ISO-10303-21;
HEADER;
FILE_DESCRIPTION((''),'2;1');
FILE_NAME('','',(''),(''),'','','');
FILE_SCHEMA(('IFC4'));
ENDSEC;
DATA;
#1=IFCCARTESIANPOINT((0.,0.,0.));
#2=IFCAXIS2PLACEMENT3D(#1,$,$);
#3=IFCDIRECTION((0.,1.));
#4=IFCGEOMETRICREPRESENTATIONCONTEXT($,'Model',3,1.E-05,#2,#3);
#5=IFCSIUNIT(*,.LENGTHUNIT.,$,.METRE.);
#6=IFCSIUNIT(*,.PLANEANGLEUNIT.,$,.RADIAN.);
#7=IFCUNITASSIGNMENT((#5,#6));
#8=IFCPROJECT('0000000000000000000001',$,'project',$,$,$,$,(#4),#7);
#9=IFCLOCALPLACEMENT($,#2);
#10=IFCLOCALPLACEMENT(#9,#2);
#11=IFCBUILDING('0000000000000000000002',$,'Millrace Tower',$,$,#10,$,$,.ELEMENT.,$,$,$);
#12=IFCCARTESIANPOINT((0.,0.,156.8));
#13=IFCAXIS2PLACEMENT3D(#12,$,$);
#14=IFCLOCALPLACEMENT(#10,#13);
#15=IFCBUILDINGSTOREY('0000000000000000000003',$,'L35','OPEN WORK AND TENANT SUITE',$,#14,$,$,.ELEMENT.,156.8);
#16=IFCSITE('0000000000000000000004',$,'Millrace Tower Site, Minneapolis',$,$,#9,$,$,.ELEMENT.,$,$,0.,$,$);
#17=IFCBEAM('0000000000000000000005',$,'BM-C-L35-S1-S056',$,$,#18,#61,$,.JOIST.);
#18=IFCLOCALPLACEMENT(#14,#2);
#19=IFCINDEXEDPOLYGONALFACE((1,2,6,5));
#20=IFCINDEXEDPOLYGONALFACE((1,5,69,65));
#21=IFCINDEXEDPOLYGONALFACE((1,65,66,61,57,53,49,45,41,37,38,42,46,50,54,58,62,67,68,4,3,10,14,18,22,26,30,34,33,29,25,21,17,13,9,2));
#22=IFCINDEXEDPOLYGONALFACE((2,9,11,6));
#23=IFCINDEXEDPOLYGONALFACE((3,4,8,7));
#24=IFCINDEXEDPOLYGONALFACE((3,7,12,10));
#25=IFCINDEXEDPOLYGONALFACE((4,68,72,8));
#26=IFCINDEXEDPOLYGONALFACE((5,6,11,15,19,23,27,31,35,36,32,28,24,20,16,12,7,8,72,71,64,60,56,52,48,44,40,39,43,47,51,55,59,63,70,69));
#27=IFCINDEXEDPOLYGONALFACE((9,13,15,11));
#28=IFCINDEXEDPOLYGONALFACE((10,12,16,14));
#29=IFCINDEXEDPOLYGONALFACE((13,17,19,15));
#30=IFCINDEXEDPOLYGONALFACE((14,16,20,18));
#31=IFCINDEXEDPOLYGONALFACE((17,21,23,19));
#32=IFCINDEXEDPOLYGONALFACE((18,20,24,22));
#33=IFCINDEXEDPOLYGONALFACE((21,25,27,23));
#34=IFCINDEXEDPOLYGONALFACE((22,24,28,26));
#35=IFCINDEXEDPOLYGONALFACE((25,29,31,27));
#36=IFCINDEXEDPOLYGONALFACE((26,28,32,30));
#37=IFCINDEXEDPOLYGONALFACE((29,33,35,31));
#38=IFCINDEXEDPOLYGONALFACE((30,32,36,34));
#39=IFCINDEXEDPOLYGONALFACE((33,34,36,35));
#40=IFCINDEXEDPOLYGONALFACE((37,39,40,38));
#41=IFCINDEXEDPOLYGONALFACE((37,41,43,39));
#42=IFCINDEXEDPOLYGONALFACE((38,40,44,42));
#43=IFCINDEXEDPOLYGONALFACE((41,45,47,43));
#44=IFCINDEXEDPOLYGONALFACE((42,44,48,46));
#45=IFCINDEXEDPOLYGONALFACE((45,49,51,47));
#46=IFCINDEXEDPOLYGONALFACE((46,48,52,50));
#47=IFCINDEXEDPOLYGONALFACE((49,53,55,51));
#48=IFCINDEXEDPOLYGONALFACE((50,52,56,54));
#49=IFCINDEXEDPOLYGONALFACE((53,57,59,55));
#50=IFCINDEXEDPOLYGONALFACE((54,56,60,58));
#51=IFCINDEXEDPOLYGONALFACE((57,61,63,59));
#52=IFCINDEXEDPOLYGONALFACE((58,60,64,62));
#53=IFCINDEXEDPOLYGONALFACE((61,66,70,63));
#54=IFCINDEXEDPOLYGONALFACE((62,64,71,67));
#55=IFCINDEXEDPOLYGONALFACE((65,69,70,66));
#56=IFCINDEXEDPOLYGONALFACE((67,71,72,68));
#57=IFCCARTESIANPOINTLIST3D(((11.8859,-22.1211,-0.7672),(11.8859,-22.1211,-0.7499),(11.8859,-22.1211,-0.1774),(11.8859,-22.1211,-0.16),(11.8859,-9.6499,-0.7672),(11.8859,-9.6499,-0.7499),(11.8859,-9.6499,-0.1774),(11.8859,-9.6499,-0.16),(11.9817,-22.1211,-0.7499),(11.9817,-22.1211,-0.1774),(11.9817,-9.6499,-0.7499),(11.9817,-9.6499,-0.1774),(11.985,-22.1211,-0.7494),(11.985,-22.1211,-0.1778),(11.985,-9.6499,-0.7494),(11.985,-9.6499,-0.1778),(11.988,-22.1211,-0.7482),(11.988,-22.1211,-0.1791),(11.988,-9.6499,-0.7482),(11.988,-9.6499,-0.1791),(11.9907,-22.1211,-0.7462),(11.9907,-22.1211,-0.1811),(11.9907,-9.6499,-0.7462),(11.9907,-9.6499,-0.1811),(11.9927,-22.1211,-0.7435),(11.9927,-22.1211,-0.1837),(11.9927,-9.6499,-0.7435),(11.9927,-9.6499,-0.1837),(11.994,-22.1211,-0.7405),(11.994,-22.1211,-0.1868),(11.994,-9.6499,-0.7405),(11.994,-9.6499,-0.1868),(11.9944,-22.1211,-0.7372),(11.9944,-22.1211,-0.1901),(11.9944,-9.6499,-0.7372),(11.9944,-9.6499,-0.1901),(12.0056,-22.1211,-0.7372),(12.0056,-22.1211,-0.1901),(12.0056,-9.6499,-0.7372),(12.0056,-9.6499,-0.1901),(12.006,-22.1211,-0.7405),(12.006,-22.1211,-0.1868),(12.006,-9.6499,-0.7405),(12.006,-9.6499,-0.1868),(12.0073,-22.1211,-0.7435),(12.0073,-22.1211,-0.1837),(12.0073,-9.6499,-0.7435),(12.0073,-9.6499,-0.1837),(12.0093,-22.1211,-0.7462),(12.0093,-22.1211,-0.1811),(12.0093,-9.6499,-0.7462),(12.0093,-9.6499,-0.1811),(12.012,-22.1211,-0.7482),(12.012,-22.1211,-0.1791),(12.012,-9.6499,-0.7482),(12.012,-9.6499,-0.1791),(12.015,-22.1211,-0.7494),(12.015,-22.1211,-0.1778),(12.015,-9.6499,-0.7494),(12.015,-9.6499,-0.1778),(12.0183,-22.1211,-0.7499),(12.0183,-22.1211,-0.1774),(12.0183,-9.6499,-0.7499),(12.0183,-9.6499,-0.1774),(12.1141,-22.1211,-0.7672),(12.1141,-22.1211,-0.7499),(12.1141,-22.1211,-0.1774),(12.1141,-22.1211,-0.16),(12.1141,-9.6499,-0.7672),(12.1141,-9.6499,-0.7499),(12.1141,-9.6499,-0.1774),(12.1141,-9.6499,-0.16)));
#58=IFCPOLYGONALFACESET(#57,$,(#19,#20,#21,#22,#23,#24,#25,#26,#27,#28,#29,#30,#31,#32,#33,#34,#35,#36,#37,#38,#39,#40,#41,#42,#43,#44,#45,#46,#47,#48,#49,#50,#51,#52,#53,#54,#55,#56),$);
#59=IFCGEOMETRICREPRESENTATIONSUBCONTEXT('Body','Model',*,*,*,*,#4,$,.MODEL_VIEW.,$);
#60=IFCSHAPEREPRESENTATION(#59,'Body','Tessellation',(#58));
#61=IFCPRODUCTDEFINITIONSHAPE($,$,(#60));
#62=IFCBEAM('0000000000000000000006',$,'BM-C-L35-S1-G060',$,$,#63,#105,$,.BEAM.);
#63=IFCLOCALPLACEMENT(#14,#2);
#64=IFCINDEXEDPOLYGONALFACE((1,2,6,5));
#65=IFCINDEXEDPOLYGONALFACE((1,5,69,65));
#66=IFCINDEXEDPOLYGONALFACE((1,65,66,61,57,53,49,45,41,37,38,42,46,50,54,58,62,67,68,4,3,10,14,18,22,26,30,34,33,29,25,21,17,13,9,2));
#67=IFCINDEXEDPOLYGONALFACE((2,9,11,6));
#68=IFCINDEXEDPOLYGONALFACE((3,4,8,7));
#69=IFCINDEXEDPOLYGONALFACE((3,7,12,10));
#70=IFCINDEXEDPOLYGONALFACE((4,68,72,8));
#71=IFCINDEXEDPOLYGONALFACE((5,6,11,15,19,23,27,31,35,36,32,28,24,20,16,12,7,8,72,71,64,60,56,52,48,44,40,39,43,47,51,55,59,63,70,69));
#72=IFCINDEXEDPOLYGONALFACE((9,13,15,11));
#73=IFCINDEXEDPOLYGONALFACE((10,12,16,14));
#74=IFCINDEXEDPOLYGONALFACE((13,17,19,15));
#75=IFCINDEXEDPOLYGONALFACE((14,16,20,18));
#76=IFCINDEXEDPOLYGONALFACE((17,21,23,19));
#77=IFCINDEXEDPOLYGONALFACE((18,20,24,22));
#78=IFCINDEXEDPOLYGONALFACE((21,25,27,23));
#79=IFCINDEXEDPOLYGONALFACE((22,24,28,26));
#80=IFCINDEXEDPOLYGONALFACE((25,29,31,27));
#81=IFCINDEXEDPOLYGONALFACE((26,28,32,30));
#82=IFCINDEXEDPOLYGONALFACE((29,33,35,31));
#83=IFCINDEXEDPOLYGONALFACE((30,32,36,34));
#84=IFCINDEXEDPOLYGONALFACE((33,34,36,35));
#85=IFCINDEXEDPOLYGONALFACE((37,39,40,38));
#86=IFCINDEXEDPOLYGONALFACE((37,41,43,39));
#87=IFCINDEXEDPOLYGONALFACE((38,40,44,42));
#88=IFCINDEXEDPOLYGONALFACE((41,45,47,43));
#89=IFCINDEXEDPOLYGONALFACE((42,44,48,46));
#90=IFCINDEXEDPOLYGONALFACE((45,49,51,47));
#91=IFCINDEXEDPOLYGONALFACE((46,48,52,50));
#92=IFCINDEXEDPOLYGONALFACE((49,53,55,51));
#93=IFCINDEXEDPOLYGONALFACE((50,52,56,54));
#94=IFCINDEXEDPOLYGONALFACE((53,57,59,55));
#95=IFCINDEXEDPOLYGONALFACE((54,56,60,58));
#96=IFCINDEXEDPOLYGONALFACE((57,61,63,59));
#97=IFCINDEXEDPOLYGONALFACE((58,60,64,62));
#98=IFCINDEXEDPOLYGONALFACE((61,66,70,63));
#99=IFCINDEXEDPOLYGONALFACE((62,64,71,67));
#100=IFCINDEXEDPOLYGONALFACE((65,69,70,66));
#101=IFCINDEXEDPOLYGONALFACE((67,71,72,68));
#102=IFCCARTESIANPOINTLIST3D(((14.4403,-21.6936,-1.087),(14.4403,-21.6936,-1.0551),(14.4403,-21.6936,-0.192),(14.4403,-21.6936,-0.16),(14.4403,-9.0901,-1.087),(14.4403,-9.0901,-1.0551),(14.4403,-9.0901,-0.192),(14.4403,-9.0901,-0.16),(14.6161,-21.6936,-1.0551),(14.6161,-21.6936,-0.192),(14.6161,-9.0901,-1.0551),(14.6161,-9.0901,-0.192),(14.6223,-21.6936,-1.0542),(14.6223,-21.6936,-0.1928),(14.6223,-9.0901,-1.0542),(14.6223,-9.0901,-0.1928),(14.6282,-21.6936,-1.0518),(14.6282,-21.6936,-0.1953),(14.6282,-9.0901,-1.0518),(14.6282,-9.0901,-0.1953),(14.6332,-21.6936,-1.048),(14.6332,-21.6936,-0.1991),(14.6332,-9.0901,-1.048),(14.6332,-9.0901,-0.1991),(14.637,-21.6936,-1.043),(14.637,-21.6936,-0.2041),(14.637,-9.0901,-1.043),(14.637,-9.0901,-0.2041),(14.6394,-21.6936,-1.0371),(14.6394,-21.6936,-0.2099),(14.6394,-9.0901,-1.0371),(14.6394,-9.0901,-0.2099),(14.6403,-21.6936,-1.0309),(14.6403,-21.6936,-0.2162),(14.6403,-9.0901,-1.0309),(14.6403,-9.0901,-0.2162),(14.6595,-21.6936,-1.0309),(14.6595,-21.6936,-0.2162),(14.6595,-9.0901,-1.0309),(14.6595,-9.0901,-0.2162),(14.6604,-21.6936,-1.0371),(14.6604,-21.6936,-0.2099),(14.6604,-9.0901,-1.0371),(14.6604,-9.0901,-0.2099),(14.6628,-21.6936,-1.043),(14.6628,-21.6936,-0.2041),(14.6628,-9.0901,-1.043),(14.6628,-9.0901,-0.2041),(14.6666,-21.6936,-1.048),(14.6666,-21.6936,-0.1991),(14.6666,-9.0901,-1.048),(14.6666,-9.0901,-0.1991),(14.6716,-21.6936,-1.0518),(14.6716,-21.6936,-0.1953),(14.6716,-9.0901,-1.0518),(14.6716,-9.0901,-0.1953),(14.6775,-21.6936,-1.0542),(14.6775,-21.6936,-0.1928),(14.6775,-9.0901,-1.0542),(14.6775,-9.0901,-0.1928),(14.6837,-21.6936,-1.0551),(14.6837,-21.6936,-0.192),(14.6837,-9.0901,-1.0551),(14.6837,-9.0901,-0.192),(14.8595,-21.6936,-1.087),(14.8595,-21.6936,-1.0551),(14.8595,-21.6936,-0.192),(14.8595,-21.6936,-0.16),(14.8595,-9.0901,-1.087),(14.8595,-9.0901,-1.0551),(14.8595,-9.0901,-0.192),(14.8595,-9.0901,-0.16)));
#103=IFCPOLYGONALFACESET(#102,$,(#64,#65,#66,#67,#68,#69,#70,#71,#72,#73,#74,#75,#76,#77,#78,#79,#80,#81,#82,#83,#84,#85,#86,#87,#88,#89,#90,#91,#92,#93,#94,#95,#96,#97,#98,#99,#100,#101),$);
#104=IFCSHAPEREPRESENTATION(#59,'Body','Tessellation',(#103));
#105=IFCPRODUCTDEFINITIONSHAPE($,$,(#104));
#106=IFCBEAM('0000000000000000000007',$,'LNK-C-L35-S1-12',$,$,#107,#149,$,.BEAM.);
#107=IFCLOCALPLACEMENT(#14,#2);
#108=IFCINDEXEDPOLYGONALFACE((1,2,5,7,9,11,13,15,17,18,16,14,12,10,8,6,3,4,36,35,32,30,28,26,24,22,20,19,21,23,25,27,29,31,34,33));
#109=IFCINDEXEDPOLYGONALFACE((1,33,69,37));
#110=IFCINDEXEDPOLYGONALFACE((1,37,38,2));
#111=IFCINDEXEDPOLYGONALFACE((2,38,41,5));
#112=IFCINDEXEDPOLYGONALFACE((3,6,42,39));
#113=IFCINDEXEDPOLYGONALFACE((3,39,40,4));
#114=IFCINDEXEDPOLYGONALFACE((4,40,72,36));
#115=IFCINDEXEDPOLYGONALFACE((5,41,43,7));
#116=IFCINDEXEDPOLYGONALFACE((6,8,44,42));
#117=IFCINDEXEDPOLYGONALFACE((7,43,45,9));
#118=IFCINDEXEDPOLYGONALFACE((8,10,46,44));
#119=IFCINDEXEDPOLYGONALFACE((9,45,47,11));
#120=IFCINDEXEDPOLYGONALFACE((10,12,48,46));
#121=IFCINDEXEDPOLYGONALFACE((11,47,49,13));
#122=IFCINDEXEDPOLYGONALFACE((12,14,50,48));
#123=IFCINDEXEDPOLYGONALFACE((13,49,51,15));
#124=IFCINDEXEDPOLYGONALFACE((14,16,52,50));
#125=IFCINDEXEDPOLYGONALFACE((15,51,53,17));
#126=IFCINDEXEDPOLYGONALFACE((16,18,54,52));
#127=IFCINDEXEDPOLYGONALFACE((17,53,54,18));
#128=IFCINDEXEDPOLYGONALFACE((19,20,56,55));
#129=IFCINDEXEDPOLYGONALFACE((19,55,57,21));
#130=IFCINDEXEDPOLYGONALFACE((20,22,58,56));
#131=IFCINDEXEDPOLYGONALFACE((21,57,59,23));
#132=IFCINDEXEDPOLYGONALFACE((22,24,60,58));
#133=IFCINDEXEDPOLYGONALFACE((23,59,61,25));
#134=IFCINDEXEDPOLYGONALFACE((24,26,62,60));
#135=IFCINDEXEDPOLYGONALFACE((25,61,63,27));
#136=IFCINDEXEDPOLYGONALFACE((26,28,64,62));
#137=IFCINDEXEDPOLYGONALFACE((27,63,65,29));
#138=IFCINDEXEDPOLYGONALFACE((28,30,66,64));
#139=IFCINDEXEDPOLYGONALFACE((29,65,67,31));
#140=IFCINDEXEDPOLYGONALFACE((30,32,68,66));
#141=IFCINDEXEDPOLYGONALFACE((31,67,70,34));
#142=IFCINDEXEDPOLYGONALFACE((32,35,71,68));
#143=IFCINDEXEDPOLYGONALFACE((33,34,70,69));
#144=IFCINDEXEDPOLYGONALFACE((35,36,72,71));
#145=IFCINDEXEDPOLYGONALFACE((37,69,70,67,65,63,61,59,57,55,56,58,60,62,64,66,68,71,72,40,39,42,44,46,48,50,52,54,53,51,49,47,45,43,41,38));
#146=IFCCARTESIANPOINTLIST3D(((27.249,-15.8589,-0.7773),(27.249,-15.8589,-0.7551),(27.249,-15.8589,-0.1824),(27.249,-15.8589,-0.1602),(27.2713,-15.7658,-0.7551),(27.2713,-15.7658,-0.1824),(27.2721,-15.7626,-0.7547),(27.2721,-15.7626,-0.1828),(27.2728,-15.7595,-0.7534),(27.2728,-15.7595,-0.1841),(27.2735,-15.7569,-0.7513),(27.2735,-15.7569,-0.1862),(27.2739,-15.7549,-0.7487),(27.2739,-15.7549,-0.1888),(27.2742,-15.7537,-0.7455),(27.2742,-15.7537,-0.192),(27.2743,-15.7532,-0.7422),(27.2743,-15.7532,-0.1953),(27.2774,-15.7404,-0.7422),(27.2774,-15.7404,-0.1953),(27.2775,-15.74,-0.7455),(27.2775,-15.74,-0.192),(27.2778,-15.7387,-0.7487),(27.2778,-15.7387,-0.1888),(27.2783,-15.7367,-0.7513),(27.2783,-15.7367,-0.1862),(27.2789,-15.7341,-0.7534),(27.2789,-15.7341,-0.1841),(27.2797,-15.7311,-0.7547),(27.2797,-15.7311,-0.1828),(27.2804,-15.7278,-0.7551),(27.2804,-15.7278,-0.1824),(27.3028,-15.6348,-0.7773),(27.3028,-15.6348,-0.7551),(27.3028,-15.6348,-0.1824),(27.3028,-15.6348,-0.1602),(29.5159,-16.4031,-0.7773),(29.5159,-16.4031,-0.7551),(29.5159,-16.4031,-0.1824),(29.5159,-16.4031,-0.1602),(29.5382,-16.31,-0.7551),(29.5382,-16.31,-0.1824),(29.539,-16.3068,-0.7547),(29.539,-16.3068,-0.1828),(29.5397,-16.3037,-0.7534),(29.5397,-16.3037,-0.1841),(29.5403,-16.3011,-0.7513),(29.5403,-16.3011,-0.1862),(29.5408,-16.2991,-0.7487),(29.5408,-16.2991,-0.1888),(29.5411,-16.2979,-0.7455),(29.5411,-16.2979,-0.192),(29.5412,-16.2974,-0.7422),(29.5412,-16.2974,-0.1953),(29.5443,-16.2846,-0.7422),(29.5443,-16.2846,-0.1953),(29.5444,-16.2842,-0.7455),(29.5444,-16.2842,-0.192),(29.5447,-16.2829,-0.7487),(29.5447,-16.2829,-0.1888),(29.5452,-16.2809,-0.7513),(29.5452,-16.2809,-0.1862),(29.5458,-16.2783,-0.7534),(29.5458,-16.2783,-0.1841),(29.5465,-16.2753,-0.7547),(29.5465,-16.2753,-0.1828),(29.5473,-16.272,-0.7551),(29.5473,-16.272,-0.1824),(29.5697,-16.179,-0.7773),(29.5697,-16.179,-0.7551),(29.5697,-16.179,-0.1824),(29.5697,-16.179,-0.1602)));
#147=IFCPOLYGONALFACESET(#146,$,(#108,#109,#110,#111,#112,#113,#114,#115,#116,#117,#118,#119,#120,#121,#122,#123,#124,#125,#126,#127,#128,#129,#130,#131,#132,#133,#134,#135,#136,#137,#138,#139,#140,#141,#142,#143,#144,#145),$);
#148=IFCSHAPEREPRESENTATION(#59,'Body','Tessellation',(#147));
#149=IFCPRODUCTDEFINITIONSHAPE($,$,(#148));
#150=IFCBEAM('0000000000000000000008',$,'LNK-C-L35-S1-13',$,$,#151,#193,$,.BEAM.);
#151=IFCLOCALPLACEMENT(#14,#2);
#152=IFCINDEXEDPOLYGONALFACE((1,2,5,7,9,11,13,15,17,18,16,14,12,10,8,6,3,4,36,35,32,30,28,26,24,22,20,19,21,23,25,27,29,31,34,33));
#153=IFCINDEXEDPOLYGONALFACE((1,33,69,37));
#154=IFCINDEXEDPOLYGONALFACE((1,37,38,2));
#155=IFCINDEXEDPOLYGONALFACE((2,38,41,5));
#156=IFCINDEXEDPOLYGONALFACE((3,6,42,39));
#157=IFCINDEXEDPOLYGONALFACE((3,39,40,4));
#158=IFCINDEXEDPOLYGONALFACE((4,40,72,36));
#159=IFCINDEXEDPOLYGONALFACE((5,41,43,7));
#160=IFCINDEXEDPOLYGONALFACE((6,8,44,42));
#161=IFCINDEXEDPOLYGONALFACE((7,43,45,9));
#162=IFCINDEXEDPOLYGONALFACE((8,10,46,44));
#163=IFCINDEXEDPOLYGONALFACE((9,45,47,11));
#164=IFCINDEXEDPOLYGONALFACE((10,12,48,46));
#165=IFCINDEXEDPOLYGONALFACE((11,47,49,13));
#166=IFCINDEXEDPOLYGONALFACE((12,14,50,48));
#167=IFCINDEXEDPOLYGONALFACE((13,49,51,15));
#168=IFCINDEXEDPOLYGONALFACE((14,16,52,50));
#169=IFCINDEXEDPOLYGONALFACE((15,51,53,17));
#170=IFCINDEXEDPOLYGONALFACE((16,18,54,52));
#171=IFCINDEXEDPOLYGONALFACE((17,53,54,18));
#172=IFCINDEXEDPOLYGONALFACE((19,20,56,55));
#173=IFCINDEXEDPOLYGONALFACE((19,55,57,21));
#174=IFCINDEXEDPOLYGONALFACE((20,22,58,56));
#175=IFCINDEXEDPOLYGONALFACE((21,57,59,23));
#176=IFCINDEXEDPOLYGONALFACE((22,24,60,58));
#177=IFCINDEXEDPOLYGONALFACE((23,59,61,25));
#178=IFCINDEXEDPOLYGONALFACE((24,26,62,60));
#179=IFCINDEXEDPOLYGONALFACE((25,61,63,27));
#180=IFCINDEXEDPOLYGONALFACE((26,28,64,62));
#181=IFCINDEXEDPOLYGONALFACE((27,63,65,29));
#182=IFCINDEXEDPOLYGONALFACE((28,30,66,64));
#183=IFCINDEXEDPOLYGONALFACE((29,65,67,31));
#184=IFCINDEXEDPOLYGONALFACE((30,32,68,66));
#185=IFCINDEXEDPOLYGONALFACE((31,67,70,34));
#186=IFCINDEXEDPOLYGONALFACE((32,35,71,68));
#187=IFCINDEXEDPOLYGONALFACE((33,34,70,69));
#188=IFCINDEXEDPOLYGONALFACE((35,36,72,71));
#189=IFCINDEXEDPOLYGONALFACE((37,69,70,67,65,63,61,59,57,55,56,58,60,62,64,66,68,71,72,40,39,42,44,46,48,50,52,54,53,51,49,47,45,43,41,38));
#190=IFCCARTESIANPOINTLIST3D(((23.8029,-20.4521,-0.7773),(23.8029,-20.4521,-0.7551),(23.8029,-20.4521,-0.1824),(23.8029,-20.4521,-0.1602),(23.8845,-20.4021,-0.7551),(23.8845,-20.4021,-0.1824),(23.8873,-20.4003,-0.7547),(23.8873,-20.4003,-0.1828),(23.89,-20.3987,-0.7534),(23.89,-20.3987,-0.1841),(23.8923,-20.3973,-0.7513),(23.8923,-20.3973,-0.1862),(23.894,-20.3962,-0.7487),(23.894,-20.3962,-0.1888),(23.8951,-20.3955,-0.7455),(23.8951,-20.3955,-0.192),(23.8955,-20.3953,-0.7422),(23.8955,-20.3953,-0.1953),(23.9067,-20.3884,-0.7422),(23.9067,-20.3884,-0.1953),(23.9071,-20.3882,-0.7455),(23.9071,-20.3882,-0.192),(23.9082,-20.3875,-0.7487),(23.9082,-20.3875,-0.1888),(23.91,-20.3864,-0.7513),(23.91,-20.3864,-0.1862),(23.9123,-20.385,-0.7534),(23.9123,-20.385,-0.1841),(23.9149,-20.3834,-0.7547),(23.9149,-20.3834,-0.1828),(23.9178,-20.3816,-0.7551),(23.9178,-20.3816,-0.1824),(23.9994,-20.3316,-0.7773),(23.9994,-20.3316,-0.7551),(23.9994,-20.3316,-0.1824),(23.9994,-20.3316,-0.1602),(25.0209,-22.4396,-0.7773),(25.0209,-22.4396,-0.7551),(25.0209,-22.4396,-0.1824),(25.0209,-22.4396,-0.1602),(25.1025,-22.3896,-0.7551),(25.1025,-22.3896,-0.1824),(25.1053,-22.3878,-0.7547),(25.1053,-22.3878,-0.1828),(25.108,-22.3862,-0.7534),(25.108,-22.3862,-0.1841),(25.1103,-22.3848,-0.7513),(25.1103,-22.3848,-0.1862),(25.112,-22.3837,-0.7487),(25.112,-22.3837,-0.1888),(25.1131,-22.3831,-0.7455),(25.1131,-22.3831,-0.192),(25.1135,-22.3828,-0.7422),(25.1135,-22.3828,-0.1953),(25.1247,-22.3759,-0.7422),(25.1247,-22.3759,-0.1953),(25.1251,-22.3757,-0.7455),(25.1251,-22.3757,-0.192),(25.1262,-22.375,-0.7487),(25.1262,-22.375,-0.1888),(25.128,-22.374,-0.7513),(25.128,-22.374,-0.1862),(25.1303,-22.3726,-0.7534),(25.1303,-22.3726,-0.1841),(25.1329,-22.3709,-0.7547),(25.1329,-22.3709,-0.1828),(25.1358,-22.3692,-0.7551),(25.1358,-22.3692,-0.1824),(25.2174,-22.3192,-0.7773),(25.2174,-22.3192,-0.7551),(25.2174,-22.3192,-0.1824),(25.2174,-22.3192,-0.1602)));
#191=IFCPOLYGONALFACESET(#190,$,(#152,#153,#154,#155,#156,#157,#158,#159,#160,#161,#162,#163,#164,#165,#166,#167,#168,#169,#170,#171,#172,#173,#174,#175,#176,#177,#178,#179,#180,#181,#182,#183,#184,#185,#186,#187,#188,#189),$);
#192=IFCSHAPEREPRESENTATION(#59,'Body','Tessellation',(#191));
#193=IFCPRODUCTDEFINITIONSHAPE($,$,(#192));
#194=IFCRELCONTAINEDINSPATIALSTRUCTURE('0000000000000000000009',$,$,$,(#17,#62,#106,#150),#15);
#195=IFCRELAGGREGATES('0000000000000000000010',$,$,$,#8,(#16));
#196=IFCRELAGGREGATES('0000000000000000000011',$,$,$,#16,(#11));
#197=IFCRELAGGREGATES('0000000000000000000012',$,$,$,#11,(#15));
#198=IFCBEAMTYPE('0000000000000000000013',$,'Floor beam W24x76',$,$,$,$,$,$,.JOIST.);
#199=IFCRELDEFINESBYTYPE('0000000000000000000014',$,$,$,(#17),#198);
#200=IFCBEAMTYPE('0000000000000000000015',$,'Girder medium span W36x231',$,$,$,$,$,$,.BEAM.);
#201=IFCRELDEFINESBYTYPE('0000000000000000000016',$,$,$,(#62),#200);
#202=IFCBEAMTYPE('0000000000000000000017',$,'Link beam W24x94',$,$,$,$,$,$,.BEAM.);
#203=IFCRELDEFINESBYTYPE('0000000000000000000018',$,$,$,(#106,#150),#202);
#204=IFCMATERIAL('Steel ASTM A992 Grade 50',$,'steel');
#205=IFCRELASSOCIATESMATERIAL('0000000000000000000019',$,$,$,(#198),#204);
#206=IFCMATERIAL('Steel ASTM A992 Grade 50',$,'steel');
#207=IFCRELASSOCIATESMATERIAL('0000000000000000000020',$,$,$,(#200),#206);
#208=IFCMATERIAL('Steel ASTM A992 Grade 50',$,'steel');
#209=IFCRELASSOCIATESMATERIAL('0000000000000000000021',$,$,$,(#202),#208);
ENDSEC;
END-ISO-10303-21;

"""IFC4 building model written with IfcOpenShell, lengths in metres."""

from ifc_helpers import new_model, si_unit, direction, frame, origin, origin_2d, place, context, subcontext, project, spatial, i_section, extrude, material, material_profile, profile_set, type_object, element, save


model = new_model("IFC4")

# Units and contexts
model_context = context("Model", 3, precision=1e-05, world=origin(), true_north=direction((0.0, 1.0)))
body_context = subcontext(model_context, "Body", "Model", "MODEL_VIEW")
ifc_project = project(units=[si_unit("LENGTHUNIT", "METRE"), si_unit("PLANEANGLEUNIT", "RADIAN")], contexts=[model_context])

# Site, building, storey
site_placement = place(None, origin())
site = spatial("IfcSite", under=ifc_project, at=site_placement, Name="Millrace Tower Site, Minneapolis", CompositionType="ELEMENT", RefElevation=0.0)
building_placement = place(site_placement, origin())
building = spatial("IfcBuilding", under=site, at=building_placement, Name="Millrace Tower", CompositionType="ELEMENT")
storey_placement = place(building_placement, frame((0.0, 0.0, 156.8)))
storey = spatial("IfcBuildingStorey", under=building, at=storey_placement, Name="L35", Description="OPEN WORK AND TENANT SUITE", CompositionType="ELEMENT", Elevation=156.8)

# Beams
ifc_material_1 = material(Name="Steel ASTM A992 Grade 50", Category="steel")
ifc_material_profile_1 = material_profile(ifc_material_1, i_section(OverallWidth=0.2283, OverallDepth=0.6072, WebThickness=0.0112, FlangeThickness=0.0173, FilletRadius=0.0127, at=origin_2d()))
ifc_profile_set_1 = profile_set([ifc_material_profile_1], Name="Steel ASTM A992 Grade 50")
beam_type_1 = type_object("IfcBeamType", Name="Floor beam W24x76", PredefinedType="JOIST", material=ifc_profile_set_1)
beam_1_placement = place(storey_placement, frame((12.0, -22.1211, -0.4636), z_axis=(0.0, 1.0, 0.0), x_axis=(-1.0, 0.0, 0.0)))
element("IfcBeam", 1, at=beam_1_placement, inside=storey, type_object=beam_type_1, Name="BM-C-L35-S1-S056", PredefinedType="JOIST", context=body_context, shape_type="SweptSolid", body=[
    extrude(i_section(OverallWidth=0.2283, OverallDepth=0.6072, WebThickness=0.0112, FlangeThickness=0.0173, FilletRadius=0.0127, at=origin_2d()), origin(), (0.0, 0.0, 1.0), 12.4712),
])
ifc_material_2 = material(Name="Steel ASTM A992 Grade 50", Category="steel")
ifc_material_profile_2 = material_profile(ifc_material_2, i_section(OverallWidth=0.4192, OverallDepth=0.927, WebThickness=0.0193, FlangeThickness=0.032, FilletRadius=0.0242, at=origin_2d()))
ifc_profile_set_2 = profile_set([ifc_material_profile_2], Name="Steel ASTM A992 Grade 50")
beam_type_2 = type_object("IfcBeamType", Name="Girder medium span W36x231", PredefinedType="BEAM", material=ifc_profile_set_2)
beam_2_placement = place(storey_placement, frame((14.6499, -21.6936, -0.6235), z_axis=(0.0, 1.0, 0.0), x_axis=(-1.0, 0.0, 0.0)))
element("IfcBeam", 2, at=beam_2_placement, inside=storey, type_object=beam_type_2, Name="BM-C-L35-S1-G060", PredefinedType="BEAM", context=body_context, shape_type="SweptSolid", body=[
    extrude(i_section(OverallWidth=0.4192, OverallDepth=0.927, WebThickness=0.0193, FlangeThickness=0.032, FilletRadius=0.0242, at=origin_2d()), origin(), (0.0, 0.0, 1.0), 12.6035),
])
ifc_material_3 = material(Name="Steel ASTM A992 Grade 50", Category="steel")
ifc_material_profile_3 = material_profile(ifc_material_3, i_section(OverallWidth=0.2305, OverallDepth=0.6172, WebThickness=0.0132, FlangeThickness=0.0222, FilletRadius=0.0129, at=origin_2d()))
ifc_profile_set_3 = profile_set([ifc_material_profile_3], Name="Steel ASTM A992 Grade 50")
beam_type_3 = type_object("IfcBeamType", Name="Link beam W24x94", PredefinedType="BEAM", material=ifc_profile_set_3)
beam_3_placement = place(storey_placement, frame((27.2759, -15.7468, -0.4688), z_axis=(0.972373, -0.233432, 0.0), x_axis=(0.233432, 0.972373, 0.0)))
element("IfcBeam", 3, at=beam_3_placement, inside=storey, type_object=beam_type_3, Name="LNK-C-L35-S1-12", PredefinedType="BEAM", context=body_context, shape_type="SweptSolid", body=[
    extrude(i_section(OverallWidth=0.2305, OverallDepth=0.6172, WebThickness=0.0132, FlangeThickness=0.0222, FilletRadius=0.0129, at=origin_2d()), origin(), (0.0, 0.0, 1.0), 2.3313),
])
beam_4_placement = place(storey_placement, frame((23.9011, -20.3918, -0.4688), z_axis=(0.522513, -0.852631, 0.0), x_axis=(0.852631, 0.522513, 0.0)))
element("IfcBeam", 4, at=beam_4_placement, inside=storey, type_object=beam_type_3, Name="LNK-C-L35-S1-13", PredefinedType="BEAM", context=body_context, shape_type="SweptSolid", body=[
    extrude(i_section(OverallWidth=0.2305, OverallDepth=0.6172, WebThickness=0.0132, FlangeThickness=0.0222, FilletRadius=0.0129, at=origin_2d()), origin(), (0.0, 0.0, 1.0), 2.3311),
])

save(model, "model.ifc")
